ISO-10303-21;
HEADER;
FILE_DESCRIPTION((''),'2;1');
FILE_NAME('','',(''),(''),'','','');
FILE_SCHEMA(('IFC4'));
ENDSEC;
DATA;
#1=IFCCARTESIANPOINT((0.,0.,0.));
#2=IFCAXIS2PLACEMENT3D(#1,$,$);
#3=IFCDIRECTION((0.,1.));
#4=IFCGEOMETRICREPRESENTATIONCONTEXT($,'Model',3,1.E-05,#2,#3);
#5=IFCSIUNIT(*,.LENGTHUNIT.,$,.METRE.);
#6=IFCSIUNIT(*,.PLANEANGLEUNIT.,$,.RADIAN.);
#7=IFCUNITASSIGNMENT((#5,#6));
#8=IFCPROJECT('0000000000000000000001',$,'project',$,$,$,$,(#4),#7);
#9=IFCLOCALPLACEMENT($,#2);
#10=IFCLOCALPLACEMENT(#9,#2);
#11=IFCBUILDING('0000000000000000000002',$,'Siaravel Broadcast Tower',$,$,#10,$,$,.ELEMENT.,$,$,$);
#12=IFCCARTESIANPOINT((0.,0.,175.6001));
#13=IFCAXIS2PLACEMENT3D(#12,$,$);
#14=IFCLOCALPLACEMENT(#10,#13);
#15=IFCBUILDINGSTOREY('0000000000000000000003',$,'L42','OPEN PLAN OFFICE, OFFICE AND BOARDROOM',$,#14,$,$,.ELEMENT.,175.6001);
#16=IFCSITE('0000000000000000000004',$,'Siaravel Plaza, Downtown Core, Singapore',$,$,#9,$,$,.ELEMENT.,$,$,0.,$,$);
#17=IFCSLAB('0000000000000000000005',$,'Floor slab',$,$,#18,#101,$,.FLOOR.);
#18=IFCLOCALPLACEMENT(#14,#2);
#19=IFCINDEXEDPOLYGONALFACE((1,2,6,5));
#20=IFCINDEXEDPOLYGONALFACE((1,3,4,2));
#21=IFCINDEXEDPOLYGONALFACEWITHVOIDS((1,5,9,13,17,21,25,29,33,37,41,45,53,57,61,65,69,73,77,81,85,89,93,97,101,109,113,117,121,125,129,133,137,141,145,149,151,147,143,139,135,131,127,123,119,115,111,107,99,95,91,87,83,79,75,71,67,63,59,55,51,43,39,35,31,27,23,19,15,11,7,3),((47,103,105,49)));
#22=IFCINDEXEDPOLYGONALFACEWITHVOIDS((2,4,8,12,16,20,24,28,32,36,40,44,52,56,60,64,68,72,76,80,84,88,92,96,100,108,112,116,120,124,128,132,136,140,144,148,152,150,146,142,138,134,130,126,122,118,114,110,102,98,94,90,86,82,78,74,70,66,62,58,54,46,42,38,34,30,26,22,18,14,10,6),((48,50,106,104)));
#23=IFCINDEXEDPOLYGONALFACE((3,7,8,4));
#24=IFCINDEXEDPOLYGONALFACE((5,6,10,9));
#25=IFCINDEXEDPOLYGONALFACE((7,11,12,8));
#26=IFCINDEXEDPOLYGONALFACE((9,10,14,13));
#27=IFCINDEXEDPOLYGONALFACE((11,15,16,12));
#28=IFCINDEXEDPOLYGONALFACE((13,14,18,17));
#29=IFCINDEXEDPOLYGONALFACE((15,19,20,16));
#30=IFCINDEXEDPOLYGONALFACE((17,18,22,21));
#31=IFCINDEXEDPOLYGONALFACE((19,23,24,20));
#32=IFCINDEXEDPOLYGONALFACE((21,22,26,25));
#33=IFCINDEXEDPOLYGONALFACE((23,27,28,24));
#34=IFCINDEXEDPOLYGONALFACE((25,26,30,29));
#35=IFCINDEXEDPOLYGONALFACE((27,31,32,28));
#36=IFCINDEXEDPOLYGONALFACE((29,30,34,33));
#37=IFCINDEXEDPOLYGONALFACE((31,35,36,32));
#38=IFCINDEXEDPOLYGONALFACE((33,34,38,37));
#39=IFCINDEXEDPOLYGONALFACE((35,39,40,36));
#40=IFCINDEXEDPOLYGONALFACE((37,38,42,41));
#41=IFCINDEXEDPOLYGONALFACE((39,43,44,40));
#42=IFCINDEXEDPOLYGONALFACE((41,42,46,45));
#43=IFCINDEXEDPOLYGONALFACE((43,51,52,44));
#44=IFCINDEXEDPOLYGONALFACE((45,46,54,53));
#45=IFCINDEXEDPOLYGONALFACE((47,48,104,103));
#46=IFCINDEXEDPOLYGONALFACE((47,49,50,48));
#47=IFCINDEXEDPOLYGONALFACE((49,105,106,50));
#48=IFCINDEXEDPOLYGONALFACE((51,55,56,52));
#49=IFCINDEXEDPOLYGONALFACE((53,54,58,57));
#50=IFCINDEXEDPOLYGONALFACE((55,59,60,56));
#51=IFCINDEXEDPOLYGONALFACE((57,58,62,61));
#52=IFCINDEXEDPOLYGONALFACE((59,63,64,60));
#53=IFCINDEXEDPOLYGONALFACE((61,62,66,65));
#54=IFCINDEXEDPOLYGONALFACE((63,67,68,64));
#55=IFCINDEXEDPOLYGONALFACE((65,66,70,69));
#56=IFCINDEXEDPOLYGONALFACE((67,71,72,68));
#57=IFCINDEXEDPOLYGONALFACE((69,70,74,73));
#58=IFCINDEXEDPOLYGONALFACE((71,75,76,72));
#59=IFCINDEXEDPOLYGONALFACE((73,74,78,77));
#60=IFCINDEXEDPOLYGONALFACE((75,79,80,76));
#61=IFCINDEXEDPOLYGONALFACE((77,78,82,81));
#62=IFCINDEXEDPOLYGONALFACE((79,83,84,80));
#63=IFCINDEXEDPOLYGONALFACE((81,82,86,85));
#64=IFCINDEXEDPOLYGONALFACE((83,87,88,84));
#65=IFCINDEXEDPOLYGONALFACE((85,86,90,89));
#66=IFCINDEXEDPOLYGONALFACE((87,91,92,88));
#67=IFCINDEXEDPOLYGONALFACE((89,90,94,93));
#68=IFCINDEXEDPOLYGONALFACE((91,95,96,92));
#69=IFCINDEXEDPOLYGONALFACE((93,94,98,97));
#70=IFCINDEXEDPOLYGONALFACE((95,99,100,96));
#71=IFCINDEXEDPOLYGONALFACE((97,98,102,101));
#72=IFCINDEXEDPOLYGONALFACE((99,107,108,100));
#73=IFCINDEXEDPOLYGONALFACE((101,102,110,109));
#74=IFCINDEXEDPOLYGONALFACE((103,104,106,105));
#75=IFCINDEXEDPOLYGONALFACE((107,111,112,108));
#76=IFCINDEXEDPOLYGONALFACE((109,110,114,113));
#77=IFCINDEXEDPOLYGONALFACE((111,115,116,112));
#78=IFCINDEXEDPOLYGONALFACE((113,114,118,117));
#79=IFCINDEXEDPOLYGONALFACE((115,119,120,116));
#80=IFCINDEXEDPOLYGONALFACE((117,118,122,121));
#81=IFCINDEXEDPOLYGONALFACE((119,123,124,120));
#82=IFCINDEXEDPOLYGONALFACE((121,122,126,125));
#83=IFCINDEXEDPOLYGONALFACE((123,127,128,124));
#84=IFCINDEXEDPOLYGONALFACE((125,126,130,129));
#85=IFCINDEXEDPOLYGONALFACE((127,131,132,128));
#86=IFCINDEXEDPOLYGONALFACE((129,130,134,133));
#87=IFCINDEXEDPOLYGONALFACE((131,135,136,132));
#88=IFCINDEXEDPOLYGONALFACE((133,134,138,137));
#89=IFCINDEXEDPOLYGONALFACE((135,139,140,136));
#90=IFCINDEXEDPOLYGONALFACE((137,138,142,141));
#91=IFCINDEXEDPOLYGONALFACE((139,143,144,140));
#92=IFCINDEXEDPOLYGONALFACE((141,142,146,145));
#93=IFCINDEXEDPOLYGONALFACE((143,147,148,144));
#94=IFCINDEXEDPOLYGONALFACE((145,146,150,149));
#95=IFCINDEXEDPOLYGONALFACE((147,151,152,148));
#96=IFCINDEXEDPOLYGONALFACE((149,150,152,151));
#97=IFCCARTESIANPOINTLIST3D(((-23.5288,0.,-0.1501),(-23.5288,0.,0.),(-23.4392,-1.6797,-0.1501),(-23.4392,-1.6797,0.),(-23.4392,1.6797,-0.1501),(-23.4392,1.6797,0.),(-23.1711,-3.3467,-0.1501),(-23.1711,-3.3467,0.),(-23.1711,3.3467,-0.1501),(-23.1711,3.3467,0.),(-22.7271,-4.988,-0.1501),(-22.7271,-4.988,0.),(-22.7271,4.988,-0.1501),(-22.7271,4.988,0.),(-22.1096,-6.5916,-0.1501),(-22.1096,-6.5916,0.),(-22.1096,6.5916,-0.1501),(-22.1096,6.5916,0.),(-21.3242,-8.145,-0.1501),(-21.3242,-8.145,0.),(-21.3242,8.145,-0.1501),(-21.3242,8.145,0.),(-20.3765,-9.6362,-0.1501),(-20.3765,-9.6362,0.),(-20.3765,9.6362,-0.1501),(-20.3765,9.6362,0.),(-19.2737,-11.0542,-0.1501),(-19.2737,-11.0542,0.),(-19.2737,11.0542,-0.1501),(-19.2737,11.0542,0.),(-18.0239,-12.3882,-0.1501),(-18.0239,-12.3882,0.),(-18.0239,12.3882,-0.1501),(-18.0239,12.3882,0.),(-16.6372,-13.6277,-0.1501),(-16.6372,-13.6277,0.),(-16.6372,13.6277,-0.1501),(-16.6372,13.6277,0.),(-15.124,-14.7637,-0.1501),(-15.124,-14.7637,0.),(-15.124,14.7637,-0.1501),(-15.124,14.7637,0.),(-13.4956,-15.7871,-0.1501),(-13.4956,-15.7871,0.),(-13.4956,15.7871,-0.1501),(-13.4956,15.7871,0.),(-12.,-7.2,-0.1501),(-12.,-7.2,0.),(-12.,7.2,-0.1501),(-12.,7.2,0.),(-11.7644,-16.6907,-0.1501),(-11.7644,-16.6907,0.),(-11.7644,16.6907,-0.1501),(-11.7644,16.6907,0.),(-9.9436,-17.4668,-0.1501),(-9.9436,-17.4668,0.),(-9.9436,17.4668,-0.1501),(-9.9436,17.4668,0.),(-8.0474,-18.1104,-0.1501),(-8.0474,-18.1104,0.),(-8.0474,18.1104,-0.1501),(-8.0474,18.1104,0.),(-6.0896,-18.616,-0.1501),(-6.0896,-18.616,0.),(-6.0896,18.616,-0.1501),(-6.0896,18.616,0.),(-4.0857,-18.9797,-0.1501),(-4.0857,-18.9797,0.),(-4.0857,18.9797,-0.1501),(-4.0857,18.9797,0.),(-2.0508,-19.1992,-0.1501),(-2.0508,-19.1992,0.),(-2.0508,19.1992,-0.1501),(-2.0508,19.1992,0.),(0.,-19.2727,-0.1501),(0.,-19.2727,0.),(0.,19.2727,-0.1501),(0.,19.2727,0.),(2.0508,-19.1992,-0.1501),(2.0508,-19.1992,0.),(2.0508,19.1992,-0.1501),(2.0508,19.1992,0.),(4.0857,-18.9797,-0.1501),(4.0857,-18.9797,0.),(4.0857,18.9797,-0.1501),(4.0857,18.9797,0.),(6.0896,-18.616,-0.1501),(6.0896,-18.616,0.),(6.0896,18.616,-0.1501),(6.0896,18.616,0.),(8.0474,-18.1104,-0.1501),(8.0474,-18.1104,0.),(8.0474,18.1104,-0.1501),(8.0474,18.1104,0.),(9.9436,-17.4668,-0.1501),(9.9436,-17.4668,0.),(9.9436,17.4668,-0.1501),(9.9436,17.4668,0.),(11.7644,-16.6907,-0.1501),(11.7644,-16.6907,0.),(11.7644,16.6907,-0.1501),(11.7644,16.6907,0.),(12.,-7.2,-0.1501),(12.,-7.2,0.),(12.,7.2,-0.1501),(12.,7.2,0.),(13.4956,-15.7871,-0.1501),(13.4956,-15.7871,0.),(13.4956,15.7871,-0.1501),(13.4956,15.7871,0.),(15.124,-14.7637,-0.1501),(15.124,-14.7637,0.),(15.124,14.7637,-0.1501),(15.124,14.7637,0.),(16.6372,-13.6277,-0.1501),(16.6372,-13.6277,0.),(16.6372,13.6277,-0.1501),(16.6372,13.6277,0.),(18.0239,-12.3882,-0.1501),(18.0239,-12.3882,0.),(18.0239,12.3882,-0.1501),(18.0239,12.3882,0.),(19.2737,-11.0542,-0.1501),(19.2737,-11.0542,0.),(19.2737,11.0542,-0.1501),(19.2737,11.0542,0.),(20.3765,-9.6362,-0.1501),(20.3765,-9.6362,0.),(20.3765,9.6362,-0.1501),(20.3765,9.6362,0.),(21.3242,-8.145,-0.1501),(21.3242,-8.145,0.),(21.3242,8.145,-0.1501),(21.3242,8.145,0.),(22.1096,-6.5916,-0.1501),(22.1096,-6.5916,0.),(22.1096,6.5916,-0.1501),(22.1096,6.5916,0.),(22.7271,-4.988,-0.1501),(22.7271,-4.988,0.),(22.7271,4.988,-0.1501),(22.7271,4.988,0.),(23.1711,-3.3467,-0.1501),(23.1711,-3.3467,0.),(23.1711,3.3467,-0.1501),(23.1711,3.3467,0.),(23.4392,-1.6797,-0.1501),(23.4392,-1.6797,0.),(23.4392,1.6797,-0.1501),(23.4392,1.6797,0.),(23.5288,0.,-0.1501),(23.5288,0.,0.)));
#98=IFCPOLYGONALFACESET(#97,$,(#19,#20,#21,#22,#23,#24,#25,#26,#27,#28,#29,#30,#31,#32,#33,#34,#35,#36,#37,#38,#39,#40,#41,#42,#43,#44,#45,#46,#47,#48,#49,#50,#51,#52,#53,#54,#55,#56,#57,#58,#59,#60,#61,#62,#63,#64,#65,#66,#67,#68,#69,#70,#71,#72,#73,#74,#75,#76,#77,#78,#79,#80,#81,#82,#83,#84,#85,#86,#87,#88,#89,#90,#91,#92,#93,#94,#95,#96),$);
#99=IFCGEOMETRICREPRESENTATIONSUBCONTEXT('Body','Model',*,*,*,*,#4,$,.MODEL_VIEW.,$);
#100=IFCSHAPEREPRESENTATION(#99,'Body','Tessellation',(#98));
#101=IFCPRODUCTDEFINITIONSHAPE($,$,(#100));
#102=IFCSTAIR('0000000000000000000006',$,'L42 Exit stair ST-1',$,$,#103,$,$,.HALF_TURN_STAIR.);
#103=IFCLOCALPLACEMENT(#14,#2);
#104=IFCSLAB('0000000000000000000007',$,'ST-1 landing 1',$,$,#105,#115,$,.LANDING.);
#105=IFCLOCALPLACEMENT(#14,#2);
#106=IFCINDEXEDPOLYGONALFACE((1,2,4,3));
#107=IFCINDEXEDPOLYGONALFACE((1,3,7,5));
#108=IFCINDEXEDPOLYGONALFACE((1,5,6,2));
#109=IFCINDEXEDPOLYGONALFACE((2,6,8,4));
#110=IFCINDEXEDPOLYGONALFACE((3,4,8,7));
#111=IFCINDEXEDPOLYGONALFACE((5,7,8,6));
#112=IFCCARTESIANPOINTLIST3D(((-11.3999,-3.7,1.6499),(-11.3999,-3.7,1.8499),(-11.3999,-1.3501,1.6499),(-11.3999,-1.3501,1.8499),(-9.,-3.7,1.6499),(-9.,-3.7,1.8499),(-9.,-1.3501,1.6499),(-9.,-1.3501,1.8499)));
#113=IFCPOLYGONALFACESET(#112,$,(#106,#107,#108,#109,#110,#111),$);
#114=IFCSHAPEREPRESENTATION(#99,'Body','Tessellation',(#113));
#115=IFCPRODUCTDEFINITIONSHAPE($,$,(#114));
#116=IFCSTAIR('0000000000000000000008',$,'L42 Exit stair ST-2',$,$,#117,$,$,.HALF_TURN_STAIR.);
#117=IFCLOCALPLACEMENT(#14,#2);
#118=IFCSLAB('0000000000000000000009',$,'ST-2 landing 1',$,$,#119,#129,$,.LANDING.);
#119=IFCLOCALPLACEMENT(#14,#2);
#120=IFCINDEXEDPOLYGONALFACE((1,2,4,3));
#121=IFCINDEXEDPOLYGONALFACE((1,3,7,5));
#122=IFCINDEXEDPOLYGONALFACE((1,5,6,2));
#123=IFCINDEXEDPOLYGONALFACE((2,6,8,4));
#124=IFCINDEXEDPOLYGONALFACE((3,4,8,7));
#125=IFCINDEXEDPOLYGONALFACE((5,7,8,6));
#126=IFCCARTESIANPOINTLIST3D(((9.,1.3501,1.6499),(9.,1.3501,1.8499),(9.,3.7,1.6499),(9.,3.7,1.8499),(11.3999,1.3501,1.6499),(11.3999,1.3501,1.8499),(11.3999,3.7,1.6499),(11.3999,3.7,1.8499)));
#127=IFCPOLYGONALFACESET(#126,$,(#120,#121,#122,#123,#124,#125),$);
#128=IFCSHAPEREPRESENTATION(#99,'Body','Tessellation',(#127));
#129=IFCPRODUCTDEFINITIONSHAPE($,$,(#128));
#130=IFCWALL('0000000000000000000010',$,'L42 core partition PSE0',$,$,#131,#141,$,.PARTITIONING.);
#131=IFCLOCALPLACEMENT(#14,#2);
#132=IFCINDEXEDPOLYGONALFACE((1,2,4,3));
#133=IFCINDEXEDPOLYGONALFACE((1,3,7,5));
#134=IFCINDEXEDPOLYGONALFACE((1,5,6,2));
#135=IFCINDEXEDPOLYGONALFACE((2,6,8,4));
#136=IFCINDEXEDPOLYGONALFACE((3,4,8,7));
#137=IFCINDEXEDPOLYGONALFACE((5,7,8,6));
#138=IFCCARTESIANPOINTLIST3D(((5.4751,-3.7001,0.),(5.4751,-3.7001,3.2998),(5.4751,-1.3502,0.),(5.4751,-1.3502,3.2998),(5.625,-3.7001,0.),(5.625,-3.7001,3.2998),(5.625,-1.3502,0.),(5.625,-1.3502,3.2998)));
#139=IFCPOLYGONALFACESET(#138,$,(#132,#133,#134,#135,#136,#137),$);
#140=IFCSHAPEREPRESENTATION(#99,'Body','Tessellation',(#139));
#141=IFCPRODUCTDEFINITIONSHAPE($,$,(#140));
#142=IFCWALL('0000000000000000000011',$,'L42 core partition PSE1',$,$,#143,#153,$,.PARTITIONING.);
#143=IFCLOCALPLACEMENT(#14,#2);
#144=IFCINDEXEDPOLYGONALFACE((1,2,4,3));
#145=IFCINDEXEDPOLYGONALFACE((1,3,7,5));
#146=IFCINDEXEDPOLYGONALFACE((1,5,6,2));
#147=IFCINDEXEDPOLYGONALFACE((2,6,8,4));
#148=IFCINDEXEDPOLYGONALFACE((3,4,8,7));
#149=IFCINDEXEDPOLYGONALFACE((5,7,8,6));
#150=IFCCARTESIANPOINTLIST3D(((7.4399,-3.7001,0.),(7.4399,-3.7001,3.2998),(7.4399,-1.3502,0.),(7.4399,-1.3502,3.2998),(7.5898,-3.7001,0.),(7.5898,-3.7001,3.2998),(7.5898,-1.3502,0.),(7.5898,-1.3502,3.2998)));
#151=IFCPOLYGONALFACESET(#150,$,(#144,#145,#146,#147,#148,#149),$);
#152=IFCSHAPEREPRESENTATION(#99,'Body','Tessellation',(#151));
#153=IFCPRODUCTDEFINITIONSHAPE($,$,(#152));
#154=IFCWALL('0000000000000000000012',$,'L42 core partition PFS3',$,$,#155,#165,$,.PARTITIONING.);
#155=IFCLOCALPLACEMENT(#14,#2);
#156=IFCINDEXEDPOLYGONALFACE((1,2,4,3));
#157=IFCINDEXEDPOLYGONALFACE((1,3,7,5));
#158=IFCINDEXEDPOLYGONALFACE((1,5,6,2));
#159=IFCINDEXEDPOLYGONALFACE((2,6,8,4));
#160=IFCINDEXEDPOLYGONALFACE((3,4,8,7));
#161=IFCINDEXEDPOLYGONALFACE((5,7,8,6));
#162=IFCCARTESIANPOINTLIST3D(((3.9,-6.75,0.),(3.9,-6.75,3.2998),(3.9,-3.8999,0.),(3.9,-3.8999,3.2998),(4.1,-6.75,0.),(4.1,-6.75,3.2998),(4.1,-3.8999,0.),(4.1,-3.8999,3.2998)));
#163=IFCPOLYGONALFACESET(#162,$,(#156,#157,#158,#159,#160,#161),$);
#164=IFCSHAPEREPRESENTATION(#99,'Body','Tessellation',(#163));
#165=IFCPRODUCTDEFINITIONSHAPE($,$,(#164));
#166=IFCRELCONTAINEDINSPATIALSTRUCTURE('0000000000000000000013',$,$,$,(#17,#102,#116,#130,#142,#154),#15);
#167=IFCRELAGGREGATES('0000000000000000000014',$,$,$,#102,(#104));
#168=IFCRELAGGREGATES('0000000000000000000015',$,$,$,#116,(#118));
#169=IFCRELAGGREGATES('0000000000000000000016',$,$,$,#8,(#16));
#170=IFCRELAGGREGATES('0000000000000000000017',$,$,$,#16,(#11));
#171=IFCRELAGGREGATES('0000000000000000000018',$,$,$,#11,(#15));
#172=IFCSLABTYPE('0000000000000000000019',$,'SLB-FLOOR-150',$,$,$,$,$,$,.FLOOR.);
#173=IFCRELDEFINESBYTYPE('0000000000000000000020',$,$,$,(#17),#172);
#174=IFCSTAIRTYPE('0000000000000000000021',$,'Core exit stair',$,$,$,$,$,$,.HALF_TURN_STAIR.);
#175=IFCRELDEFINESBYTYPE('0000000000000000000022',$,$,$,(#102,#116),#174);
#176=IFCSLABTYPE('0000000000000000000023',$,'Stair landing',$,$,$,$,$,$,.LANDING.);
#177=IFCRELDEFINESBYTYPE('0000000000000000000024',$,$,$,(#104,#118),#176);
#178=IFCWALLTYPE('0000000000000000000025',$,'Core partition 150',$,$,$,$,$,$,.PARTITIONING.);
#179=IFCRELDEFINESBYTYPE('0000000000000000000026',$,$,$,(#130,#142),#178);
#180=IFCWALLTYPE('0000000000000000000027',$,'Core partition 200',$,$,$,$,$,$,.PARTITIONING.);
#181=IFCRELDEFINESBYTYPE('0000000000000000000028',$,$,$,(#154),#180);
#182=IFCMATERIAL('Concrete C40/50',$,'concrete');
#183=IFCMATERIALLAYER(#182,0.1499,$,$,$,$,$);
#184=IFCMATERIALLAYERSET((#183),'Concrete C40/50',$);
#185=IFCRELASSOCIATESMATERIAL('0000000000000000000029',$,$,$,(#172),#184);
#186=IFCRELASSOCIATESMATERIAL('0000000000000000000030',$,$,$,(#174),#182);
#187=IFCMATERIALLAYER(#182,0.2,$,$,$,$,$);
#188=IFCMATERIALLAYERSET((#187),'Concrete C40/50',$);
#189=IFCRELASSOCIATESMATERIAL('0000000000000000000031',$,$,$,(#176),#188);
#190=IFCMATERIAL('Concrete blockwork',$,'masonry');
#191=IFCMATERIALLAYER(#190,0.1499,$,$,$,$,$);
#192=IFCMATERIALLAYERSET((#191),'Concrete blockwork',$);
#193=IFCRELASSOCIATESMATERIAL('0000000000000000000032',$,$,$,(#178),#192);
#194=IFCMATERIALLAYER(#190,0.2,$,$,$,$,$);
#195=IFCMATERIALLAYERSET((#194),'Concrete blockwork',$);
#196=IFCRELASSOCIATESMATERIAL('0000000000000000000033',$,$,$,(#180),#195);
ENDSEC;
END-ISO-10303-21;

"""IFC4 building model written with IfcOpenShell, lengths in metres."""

from ifc_helpers import new_model, si_unit, direction, frame, frame_2d, origin, place, context, subcontext, project, spatial, polyline, rectangle, outline, extrude, material, layer, layer_set, type_object, element, aggregate, save


model = new_model("IFC4")

# Units and contexts
model_context = context("Model", 3, precision=1e-05, world=origin(), true_north=direction((0.0, 1.0)))
body_context = subcontext(model_context, "Body", "Model", "MODEL_VIEW")
ifc_project = project(units=[si_unit("LENGTHUNIT", "METRE"), si_unit("PLANEANGLEUNIT", "RADIAN")], contexts=[model_context])

# Site, building, storey
site_placement = place(None, origin())
site = spatial("IfcSite", under=ifc_project, at=site_placement, Name="Siaravel Plaza, Downtown Core, Singapore", CompositionType="ELEMENT", RefElevation=0.0)
building_placement = place(site_placement, origin())
building = spatial("IfcBuilding", under=site, at=building_placement, Name="Siaravel Broadcast Tower", CompositionType="ELEMENT")
storey_placement = place(building_placement, frame((0.0, 0.0, 175.6001)))
storey = spatial("IfcBuildingStorey", under=building, at=storey_placement, Name="L42", Description="OPEN PLAN OFFICE, OFFICE AND BOARDROOM", CompositionType="ELEMENT", Elevation=175.6001)

# Slab
ifc_material_1 = material(Name="Concrete C40/50", Category="concrete")
ifc_layer_1 = layer(ifc_material_1, 0.1499)
ifc_layer_set_1 = layer_set([ifc_layer_1], Name="Concrete C40/50")
slab_type_1 = type_object("IfcSlabType", Name="SLB-FLOOR-150", PredefinedType="FLOOR", material=ifc_layer_set_1)
slab_1_placement = place(storey_placement, frame((0.0, 0.0, -0.1501)))
element("IfcSlab", 1, at=slab_1_placement, inside=storey, type_object=slab_type_1, Name="Floor slab", PredefinedType="FLOOR", context=body_context, shape_type="SweptSolid", body=[
    extrude(outline(polyline([(23.5288, 0.0), (23.4392, 1.6797), (23.1711, 3.3467), (22.7271, 4.988), (22.1096, 6.5916), (21.3242, 8.145), (20.3765, 9.6362), (19.2737, 11.0542), (18.0239, 12.3882), (16.6372, 13.6277), (15.124, 14.7637), (13.4956, 15.7871), (11.7644, 16.6907), (9.9436, 17.4668), (8.0474, 18.1104), (6.0896, 18.616), (4.0857, 18.9797), (2.0508, 19.1992), (0.0, 19.2727), (-2.0508, 19.1992), (-4.0857, 18.9797), (-6.0896, 18.616), (-8.0474, 18.1104), (-9.9436, 17.4668), (-11.7644, 16.6907), (-13.4956, 15.7871), (-15.124, 14.7637), (-16.6372, 13.6277), (-18.0239, 12.3882), (-19.2737, 11.0542), (-20.3765, 9.6362), (-21.3242, 8.145), (-22.1096, 6.5916), (-22.7271, 4.988), (-23.1711, 3.3467), (-23.4392, 1.6797), (-23.5288, 0.0), (-23.4392, -1.6797), (-23.1711, -3.3467), (-22.7271, -4.988), (-22.1096, -6.5916), (-21.3242, -8.145), (-20.3765, -9.6362), (-19.2737, -11.0542), (-18.0239, -12.3882), (-16.6372, -13.6277), (-15.124, -14.7637), (-13.4956, -15.7871), (-11.7644, -16.6907), (-9.9436, -17.4668), (-8.0474, -18.1104), (-6.0896, -18.616), (-4.0857, -18.9797), (-2.0508, -19.1992), (0.0, -19.2727), (2.0508, -19.1992), (4.0857, -18.9797), (6.0896, -18.616), (8.0474, -18.1104), (9.9436, -17.4668), (11.7644, -16.6907), (13.4956, -15.7871), (15.124, -14.7637), (16.6372, -13.6277), (18.0239, -12.3882), (19.2737, -11.0542), (20.3765, -9.6362), (21.3242, -8.145), (22.1096, -6.5916), (22.7271, -4.988), (23.1711, -3.3467), (23.4392, -1.6797), (23.5288, 0.0)]), holes=[polyline([(-12.0, 7.2), (12.0, 7.2), (12.0, -7.2), (-12.0, -7.2), (-12.0, 7.2)])]), origin(), (0.0, 0.0, 1.0), 0.1501),
])

# Stairs, slabs
stair_type = type_object("IfcStairType", Name="Core exit stair", PredefinedType="HALF_TURN_STAIR", material=ifc_material_1)
stair_1_placement = place(storey_placement, origin())
stair_1 = element("IfcStair", 2, at=stair_1_placement, inside=storey, type_object=stair_type, Name="L42 Exit stair ST-1", PredefinedType="HALF_TURN_STAIR")
ifc_layer_2 = layer(ifc_material_1, 0.2)
ifc_layer_set_2 = layer_set([ifc_layer_2], Name="Concrete C40/50")
slab_type_2 = type_object("IfcSlabType", Name="Stair landing", PredefinedType="LANDING", material=ifc_layer_set_2)
slab_2_placement = place(storey_placement, frame((0.0, 0.0, 1.6499)))
slab_2 = element("IfcSlab", 3, at=slab_2_placement, type_object=slab_type_2, Name="ST-1 landing 1", PredefinedType="LANDING", context=body_context, shape_type="SweptSolid", body=[
    extrude(outline(polyline([(-9.0, -1.3501), (-11.3999, -1.3501), (-11.3999, -3.7), (-9.0, -3.7), (-9.0, -1.3501)])), origin(), (0.0, 0.0, 1.0), 0.2),
])
aggregate(stair_1, [slab_2])
stair_2_placement = place(storey_placement, origin())
stair_2 = element("IfcStair", 4, at=stair_2_placement, inside=storey, type_object=stair_type, Name="L42 Exit stair ST-2", PredefinedType="HALF_TURN_STAIR")
slab_3_placement = place(storey_placement, frame((0.0, 0.0, 1.6499)))
slab_3 = element("IfcSlab", 5, at=slab_3_placement, type_object=slab_type_2, Name="ST-2 landing 1", PredefinedType="LANDING", context=body_context, shape_type="SweptSolid", body=[
    extrude(outline(polyline([(9.0, 1.3501), (11.3999, 1.3501), (11.3999, 3.7), (9.0, 3.7), (9.0, 1.3501)])), origin(), (0.0, 0.0, 1.0), 0.2),
])
aggregate(stair_2, [slab_3])

# Walls
ifc_material_2 = material(Name="Concrete blockwork", Category="masonry")
ifc_layer_3 = layer(ifc_material_2, 0.1499)
ifc_layer_set_3 = layer_set([ifc_layer_3], Name="Concrete blockwork")
wall_type_1 = type_object("IfcWallType", Name="Core partition 150", PredefinedType="PARTITIONING", material=ifc_layer_set_3)
for number, where, z_axis, x_axis, name in (
    (6, (5.55, -3.7, 0.0), (0.0, 0.0, 1.0), (0.0, 1.0, 0.0), "L42 core partition PSE0"),
    (7, (7.5149, -3.7, 0.0), (0.0, 0.0, 1.0), (0.0, 1.0, 0.0), "L42 core partition PSE1"),
):
    element("IfcWall", number, at=place(storey_placement, frame(where, z_axis=z_axis, x_axis=x_axis)), inside=storey, type_object=wall_type_1, Name=name, PredefinedType="PARTITIONING", context=body_context, shape_type="SweptSolid", body=[
        extrude(rectangle(XDim=2.3499, YDim=0.1499, at=frame_2d((1.1748, 0.0))), origin(), (0.0, 0.0, 1.0), 3.2998),
    ])
ifc_layer_4 = layer(ifc_material_2, 0.2)
ifc_layer_set_4 = layer_set([ifc_layer_4], Name="Concrete blockwork")
wall_type_2 = type_object("IfcWallType", Name="Core partition 200", PredefinedType="PARTITIONING", material=ifc_layer_set_4)
wall_1_placement = place(storey_placement, frame((4.0, -6.75, 0.0), z_axis=(0.0, 0.0, 1.0), x_axis=(0.0, 1.0, 0.0)))
element("IfcWall", 8, at=wall_1_placement, inside=storey, type_object=wall_type_2, Name="L42 core partition PFS3", PredefinedType="PARTITIONING", context=body_context, shape_type="SweptSolid", body=[
    extrude(rectangle(XDim=2.8501, YDim=0.2, at=frame_2d((1.425, 0.0))), origin(), (0.0, 0.0, 1.0), 3.2998),
])

save(model, "model.ifc")
